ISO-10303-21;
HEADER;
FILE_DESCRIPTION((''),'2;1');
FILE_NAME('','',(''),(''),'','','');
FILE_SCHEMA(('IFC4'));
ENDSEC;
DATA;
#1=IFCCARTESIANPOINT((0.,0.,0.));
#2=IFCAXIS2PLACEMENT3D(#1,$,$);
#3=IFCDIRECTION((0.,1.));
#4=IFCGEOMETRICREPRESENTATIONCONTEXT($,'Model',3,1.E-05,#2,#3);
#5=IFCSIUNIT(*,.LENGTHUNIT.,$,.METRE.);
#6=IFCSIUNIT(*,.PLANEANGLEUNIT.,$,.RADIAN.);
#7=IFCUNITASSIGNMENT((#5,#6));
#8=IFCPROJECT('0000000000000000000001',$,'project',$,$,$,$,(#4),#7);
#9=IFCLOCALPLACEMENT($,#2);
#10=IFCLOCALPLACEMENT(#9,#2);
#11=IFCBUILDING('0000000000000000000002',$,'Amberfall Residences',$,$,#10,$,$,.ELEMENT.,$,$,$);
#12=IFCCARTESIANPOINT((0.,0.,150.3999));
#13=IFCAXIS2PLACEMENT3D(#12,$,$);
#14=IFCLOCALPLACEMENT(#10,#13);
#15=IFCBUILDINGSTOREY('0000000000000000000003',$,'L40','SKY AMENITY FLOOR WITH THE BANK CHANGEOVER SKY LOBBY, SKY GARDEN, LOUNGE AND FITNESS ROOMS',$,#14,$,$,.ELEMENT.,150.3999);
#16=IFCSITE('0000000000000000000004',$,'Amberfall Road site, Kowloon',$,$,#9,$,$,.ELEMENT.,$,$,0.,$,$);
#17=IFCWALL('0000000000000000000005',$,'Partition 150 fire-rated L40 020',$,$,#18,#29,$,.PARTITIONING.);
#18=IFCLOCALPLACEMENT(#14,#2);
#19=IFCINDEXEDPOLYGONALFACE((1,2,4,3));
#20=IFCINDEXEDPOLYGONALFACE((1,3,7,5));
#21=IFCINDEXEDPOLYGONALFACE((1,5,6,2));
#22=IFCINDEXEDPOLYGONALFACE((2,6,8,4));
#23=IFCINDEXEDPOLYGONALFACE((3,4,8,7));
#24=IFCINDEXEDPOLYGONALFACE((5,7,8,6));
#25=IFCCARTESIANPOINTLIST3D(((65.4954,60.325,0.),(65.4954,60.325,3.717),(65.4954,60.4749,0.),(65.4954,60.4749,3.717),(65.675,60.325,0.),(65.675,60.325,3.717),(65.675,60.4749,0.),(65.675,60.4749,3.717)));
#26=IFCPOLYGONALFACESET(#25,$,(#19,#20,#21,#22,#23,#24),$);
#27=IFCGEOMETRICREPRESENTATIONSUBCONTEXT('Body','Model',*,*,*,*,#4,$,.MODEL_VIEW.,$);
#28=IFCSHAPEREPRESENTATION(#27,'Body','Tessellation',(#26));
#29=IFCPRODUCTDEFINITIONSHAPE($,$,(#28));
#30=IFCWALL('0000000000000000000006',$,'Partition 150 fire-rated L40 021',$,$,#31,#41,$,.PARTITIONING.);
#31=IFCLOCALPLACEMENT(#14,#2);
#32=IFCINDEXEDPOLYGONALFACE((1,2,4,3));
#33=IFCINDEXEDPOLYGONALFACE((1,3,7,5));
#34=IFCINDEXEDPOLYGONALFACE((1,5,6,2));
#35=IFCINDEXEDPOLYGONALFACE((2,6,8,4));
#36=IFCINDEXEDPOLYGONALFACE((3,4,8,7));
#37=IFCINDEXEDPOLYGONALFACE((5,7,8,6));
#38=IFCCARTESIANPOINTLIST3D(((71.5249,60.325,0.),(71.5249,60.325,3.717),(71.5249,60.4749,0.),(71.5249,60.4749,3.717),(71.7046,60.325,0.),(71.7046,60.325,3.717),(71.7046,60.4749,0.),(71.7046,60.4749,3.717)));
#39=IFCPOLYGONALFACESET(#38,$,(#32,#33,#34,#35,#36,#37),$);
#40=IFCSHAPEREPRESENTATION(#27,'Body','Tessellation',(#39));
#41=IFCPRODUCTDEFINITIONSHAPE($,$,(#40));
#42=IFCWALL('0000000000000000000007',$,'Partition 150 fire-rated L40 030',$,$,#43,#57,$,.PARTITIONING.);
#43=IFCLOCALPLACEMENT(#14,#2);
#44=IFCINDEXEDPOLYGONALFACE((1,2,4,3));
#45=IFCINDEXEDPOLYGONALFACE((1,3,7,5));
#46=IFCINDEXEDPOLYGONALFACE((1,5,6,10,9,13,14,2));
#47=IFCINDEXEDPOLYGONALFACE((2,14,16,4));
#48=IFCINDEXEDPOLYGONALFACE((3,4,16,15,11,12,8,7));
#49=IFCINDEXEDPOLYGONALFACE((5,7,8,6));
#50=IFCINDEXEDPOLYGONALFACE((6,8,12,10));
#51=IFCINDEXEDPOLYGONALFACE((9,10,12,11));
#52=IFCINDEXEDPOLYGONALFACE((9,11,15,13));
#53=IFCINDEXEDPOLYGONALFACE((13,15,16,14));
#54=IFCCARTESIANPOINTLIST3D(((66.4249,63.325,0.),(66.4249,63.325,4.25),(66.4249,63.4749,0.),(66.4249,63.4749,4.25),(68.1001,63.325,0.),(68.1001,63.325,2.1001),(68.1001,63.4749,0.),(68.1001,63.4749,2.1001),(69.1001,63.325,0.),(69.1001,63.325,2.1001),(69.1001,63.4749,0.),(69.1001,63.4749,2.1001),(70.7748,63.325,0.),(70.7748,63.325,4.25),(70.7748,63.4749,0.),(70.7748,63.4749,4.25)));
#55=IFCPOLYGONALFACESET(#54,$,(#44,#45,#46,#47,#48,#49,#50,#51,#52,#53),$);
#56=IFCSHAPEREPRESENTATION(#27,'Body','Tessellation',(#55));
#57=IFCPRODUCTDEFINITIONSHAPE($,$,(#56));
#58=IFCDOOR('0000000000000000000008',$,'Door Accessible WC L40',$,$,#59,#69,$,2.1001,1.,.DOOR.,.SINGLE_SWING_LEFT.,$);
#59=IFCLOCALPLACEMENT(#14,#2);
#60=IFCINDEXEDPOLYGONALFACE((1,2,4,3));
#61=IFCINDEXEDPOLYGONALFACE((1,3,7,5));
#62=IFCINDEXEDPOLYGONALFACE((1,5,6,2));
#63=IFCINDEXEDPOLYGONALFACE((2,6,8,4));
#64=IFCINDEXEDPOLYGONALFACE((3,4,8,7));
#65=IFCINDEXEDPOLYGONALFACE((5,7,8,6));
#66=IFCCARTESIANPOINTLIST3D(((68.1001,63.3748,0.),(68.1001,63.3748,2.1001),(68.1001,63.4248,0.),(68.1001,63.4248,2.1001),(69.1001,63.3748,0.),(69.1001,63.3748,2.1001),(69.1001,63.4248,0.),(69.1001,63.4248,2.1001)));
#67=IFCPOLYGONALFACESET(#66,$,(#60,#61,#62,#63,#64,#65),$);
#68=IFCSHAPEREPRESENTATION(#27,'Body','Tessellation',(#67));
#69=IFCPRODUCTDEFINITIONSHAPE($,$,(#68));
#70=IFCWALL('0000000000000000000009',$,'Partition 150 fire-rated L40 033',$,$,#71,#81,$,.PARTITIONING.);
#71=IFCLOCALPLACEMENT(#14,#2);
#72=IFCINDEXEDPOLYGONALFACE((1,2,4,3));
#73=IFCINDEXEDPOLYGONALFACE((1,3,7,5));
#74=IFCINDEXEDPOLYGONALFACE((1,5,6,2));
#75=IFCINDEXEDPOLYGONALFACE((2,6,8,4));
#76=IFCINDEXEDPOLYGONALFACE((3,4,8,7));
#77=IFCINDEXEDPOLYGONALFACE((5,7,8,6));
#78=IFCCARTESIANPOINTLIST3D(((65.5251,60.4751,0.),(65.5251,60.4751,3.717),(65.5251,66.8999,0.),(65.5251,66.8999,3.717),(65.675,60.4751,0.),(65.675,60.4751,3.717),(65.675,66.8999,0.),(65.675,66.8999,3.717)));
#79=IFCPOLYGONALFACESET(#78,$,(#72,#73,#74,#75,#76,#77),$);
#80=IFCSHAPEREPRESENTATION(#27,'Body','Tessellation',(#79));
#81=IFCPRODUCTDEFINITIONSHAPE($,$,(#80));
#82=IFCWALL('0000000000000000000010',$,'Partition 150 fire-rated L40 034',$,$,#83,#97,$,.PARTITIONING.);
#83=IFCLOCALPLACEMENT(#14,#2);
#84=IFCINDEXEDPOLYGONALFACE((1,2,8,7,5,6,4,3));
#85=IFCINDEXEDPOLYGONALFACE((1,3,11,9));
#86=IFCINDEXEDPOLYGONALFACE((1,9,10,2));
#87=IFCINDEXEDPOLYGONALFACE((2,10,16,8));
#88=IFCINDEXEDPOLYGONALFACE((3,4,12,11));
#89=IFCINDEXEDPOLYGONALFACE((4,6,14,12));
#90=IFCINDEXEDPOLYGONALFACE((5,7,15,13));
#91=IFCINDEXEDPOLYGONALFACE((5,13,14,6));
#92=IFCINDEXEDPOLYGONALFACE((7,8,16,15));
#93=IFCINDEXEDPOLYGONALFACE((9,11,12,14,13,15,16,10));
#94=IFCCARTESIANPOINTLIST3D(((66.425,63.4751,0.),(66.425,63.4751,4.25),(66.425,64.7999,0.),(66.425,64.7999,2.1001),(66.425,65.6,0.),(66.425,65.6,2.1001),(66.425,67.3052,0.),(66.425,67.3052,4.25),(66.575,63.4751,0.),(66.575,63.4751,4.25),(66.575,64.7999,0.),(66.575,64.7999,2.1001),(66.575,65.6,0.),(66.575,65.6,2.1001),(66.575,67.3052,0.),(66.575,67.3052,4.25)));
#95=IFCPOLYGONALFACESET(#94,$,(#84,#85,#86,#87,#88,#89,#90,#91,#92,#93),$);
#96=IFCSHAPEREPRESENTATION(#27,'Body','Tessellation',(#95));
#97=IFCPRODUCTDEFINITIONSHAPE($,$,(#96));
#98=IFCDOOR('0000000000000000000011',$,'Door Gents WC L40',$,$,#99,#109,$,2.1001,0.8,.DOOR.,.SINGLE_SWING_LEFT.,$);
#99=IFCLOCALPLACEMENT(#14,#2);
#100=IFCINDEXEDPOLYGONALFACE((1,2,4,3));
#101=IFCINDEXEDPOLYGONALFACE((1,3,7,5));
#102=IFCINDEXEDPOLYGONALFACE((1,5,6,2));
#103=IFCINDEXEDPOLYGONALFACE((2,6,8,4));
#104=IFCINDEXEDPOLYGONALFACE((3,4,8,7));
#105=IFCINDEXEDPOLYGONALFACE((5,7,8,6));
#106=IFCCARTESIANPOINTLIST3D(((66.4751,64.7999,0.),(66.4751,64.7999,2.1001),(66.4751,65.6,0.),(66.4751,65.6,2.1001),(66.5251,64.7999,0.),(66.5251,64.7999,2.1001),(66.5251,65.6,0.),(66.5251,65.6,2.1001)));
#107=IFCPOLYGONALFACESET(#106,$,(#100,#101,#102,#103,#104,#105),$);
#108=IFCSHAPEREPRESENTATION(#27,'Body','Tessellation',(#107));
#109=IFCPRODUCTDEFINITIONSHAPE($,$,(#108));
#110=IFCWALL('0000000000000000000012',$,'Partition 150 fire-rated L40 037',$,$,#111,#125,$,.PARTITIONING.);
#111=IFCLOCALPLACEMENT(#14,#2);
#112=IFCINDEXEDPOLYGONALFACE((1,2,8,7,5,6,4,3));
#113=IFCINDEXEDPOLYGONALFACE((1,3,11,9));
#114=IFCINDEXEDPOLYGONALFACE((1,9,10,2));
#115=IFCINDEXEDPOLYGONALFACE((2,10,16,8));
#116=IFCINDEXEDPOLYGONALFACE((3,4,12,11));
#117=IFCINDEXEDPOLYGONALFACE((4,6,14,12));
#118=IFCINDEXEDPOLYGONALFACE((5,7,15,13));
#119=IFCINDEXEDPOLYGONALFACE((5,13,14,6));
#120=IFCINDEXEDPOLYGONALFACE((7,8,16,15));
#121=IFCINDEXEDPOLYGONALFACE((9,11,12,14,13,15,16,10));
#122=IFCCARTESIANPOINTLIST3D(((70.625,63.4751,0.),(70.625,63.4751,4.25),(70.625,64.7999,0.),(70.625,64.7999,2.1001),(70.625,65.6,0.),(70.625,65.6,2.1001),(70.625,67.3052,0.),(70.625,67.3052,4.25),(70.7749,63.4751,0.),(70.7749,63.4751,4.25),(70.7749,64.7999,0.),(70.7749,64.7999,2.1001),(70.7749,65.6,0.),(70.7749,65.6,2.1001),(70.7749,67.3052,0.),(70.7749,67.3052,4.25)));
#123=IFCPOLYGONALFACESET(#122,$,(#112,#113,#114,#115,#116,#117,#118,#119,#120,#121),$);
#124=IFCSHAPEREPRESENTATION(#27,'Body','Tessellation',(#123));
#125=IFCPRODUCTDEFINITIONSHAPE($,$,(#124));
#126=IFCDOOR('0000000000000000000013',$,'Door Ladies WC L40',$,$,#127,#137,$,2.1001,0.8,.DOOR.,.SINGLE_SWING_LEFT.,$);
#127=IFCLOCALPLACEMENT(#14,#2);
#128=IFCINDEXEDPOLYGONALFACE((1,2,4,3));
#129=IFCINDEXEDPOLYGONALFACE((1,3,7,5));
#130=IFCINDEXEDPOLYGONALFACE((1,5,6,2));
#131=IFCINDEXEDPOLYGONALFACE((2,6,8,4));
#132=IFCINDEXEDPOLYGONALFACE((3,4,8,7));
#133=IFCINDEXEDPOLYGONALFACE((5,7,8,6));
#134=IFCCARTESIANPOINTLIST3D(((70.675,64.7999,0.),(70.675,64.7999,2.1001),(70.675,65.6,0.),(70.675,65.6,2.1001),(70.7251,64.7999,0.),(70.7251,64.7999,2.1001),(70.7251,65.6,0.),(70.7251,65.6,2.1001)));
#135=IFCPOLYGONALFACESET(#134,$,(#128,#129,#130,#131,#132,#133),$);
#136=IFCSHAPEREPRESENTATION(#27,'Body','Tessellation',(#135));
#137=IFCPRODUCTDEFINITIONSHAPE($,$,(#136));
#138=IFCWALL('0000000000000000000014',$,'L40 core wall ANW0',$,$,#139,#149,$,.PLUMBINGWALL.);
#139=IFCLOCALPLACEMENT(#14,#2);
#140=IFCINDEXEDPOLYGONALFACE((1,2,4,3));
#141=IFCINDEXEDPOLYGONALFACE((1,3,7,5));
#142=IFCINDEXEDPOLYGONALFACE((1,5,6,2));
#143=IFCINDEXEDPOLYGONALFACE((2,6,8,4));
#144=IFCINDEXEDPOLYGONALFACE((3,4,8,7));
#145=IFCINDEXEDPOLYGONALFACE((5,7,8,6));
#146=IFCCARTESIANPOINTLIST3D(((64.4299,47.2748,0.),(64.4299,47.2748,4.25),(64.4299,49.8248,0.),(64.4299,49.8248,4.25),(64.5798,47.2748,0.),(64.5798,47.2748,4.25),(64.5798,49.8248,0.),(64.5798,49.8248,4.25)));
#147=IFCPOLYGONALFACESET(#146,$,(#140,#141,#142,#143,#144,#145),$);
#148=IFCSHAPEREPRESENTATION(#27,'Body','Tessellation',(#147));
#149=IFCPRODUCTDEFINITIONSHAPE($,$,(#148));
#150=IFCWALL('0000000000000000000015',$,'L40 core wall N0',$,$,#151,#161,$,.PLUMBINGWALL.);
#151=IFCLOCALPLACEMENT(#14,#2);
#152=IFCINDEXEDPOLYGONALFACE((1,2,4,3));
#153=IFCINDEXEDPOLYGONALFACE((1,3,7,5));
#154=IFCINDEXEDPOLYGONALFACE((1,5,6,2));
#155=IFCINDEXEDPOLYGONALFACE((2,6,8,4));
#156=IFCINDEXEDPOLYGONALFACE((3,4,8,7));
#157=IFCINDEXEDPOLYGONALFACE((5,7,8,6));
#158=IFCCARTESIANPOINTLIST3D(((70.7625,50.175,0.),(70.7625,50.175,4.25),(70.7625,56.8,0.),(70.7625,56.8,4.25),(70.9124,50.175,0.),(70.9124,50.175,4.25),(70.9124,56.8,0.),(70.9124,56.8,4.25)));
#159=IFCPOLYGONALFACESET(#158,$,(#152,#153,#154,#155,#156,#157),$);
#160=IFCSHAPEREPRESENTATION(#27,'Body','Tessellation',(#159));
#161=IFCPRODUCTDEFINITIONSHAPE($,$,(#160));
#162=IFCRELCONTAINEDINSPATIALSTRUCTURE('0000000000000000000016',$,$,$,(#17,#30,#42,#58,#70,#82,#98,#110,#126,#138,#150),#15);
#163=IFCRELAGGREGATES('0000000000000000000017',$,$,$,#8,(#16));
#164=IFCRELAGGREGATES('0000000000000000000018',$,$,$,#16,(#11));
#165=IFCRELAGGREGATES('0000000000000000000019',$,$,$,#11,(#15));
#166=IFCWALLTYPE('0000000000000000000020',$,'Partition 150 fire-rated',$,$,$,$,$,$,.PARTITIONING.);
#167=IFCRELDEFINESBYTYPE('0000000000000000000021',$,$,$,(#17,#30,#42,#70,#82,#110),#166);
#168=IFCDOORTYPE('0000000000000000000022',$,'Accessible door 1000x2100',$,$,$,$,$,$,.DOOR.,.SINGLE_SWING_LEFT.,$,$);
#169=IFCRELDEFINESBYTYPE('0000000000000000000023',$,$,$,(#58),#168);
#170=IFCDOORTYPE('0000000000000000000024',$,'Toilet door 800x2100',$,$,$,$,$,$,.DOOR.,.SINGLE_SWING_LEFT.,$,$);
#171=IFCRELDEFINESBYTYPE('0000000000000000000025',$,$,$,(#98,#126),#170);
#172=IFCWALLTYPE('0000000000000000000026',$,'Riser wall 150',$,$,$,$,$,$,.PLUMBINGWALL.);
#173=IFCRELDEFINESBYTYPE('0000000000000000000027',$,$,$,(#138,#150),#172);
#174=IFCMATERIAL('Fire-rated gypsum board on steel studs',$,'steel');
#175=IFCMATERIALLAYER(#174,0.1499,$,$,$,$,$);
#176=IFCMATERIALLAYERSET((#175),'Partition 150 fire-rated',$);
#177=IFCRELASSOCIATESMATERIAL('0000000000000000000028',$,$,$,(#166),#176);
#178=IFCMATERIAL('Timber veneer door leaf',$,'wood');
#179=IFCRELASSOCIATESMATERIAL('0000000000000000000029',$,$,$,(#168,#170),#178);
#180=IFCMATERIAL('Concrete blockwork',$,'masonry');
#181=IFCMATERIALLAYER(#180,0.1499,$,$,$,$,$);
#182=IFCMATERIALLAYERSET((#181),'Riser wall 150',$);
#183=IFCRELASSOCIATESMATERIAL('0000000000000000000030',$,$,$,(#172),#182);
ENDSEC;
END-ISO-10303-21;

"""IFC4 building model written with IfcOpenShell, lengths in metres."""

from ifc_helpers import new_model, si_unit, direction, frame, frame_2d, origin, place, context, subcontext, project, spatial, rectangle, extrude, material, layer, layer_set, type_object, element, fill, save


model = new_model("IFC4")

# Units and contexts
model_context = context("Model", 3, precision=1e-05, world=origin(), true_north=direction((0.0, 1.0)))
body_context = subcontext(model_context, "Body", "Model", "MODEL_VIEW")
ifc_project = project(units=[si_unit("LENGTHUNIT", "METRE"), si_unit("PLANEANGLEUNIT", "RADIAN")], contexts=[model_context])

# Site, building, storey
site_placement = place(None, origin())
site = spatial("IfcSite", under=ifc_project, at=site_placement, Name="Amberfall Road site, Kowloon", CompositionType="ELEMENT", RefElevation=0.0)
building_placement = place(site_placement, origin())
building = spatial("IfcBuilding", under=site, at=building_placement, Name="Amberfall Residences", CompositionType="ELEMENT")
storey_placement = place(building_placement, frame((0.0, 0.0, 150.3999)))
storey = spatial("IfcBuildingStorey", under=building, at=storey_placement, Name="L40", Description="SKY AMENITY FLOOR WITH THE BANK CHANGEOVER SKY LOBBY, SKY GARDEN, LOUNGE AND FITNESS ROOMS", CompositionType="ELEMENT", Elevation=150.3999)

# Shared definitions
ifc_material_1 = material(Name="Fire-rated gypsum board on steel studs", Category="steel")
ifc_layer_1 = layer(ifc_material_1, 0.1499)
ifc_layer_set_1 = layer_set([ifc_layer_1], Name="Partition 150 fire-rated")
wall_type_1 = type_object("IfcWallType", Name="Partition 150 fire-rated", PredefinedType="PARTITIONING", material=ifc_layer_set_1)

# Walls
for number, where, z_axis, x_axis, name in (
    (1, (65.4954, 60.3999, 0.0), (0.0, 0.0, 1.0), (1.0, 0.0, 0.0), "Partition 150 fire-rated L40 020"),
    (2, (71.5249, 60.3999, 0.0), (0.0, 0.0, 1.0), (1.0, 0.0, 0.0), "Partition 150 fire-rated L40 021"),
):
    element("IfcWall", number, at=place(storey_placement, frame(where, z_axis=z_axis, x_axis=x_axis)), inside=storey, type_object=wall_type_1, Name=name, PredefinedType="PARTITIONING", context=body_context, shape_type="SweptSolid", body=[
        extrude(rectangle(XDim=0.1797, YDim=0.1499, at=frame_2d((0.0898, 0.0))), origin(), (0.0, 0.0, 1.0), 3.717),
    ])

# Wall, opening, door
wall_1_placement = place(storey_placement, frame((66.425, 63.3999, 0.0), z_axis=(0.0, 0.0, 1.0), x_axis=(1.0, 0.0, 0.0)))
wall_1 = element("IfcWall", 3, at=wall_1_placement, inside=storey, type_object=wall_type_1, Name="Partition 150 fire-rated L40 030", PredefinedType="PARTITIONING", context=body_context, shape_type="SweptSolid", body=[
    extrude(rectangle(XDim=4.3499, YDim=0.1499, at=frame_2d((2.1748, 0.0))), origin(), (0.0, 0.0, 1.0), 4.25),
])
opening_1_placement = place(wall_1_placement, frame((1.675, 0.0, 0.0)))
opening_1 = element("IfcOpeningElement", 4, at=opening_1_placement, cuts=wall_1, PredefinedType="OPENING", context=body_context, shape_type="SweptSolid", body=[
    extrude(rectangle(XDim=1.0, YDim=2.1001, at=frame_2d((0.5, 1.05))), frame((0.0, 0.085, 0.0), z_axis=(0.0, -1.0, 0.0), x_axis=(1.0, 0.0, 0.0)), (0.0, 0.0, 1.0), 0.1699),
])
ifc_material_2 = material(Name="Timber veneer door leaf", Category="wood")
door_type_1 = type_object("IfcDoorType", Name="Accessible door 1000x2100", OperationType="SINGLE_SWING_LEFT", PredefinedType="DOOR", material=ifc_material_2)
door_1_placement = place(opening_1_placement, origin())
door_1 = element("IfcDoor", 5, at=door_1_placement, inside=storey, type_object=door_type_1, Name="Door Accessible WC L40", OperationType="SINGLE_SWING_LEFT", OverallHeight=2.1001, OverallWidth=1.0, PredefinedType="DOOR", context=body_context, shape_type="SweptSolid", body=[
    extrude(rectangle(XDim=1.0, YDim=2.1001, at=frame_2d((0.5, 1.05))), frame((0.0, 0.0249, 0.0), z_axis=(0.0, -1.0, 0.0), x_axis=(1.0, 0.0, 0.0)), (0.0, 0.0, 1.0), 0.05),
])
fill(opening_1, door_1)

# Wall
wall_2_placement = place(storey_placement, frame((65.6001, 60.4751, 0.0), z_axis=(0.0, 0.0, 1.0), x_axis=(0.0, 1.0, 0.0)))
element("IfcWall", 6, at=wall_2_placement, inside=storey, type_object=wall_type_1, Name="Partition 150 fire-rated L40 033", PredefinedType="PARTITIONING", context=body_context, shape_type="SweptSolid", body=[
    extrude(rectangle(XDim=6.4248, YDim=0.1499, at=frame_2d((3.2124, 0.0))), origin(), (0.0, 0.0, 1.0), 3.717),
])

# Walls, openings, doors
wall_3_placement = place(storey_placement, frame((66.5, 63.4751, 0.0), z_axis=(0.0, 0.0, 1.0), x_axis=(0.0, 1.0, 0.0)))
wall_3 = element("IfcWall", 7, at=wall_3_placement, inside=storey, type_object=wall_type_1, Name="Partition 150 fire-rated L40 034", PredefinedType="PARTITIONING", context=body_context, shape_type="SweptSolid", body=[
    extrude(rectangle(XDim=3.8301, YDim=0.1499, at=frame_2d((1.915, 0.0))), origin(), (0.0, 0.0, 1.0), 4.25),
])
opening_2_placement = place(wall_3_placement, frame((1.325, 0.0, 0.0)))
opening_2 = element("IfcOpeningElement", 8, at=opening_2_placement, cuts=wall_3, PredefinedType="OPENING", context=body_context, shape_type="SweptSolid", body=[
    extrude(rectangle(XDim=0.8, YDim=2.1001, at=frame_2d((0.3999, 1.05))), frame((0.0, 0.085, 0.0), z_axis=(0.0, -1.0, 0.0), x_axis=(1.0, 0.0, 0.0)), (0.0, 0.0, 1.0), 0.1699),
])
door_type_2 = type_object("IfcDoorType", Name="Toilet door 800x2100", OperationType="SINGLE_SWING_LEFT", PredefinedType="DOOR", material=ifc_material_2)
door_2_placement = place(opening_2_placement, origin())
door_2 = element("IfcDoor", 9, at=door_2_placement, inside=storey, type_object=door_type_2, Name="Door Gents WC L40", OperationType="SINGLE_SWING_LEFT", OverallHeight=2.1001, OverallWidth=0.8, PredefinedType="DOOR", context=body_context, shape_type="SweptSolid", body=[
    extrude(rectangle(XDim=0.8, YDim=2.1001, at=frame_2d((0.3999, 1.05))), frame((0.0, 0.0249, 0.0), z_axis=(0.0, -1.0, 0.0), x_axis=(1.0, 0.0, 0.0)), (0.0, 0.0, 1.0), 0.05),
])
fill(opening_2, door_2)
wall_4_placement = place(storey_placement, frame((70.7, 63.4751, 0.0), z_axis=(0.0, 0.0, 1.0), x_axis=(0.0, 1.0, 0.0)))
wall_4 = element("IfcWall", 10, at=wall_4_placement, inside=storey, type_object=wall_type_1, Name="Partition 150 fire-rated L40 037", PredefinedType="PARTITIONING", context=body_context, shape_type="SweptSolid", body=[
    extrude(rectangle(XDim=3.8301, YDim=0.1499, at=frame_2d((1.915, 0.0))), origin(), (0.0, 0.0, 1.0), 4.25),
])
opening_3_placement = place(wall_4_placement, frame((1.325, 0.0, 0.0)))
opening_3 = element("IfcOpeningElement", 11, at=opening_3_placement, cuts=wall_4, PredefinedType="OPENING", context=body_context, shape_type="SweptSolid", body=[
    extrude(rectangle(XDim=0.8, YDim=2.1001, at=frame_2d((0.3999, 1.05))), frame((0.0, 0.085, 0.0), z_axis=(0.0, -1.0, 0.0), x_axis=(1.0, 0.0, 0.0)), (0.0, 0.0, 1.0), 0.1699),
])
door_3_placement = place(opening_3_placement, origin())
door_3 = element("IfcDoor", 12, at=door_3_placement, inside=storey, type_object=door_type_2, Name="Door Ladies WC L40", OperationType="SINGLE_SWING_LEFT", OverallHeight=2.1001, OverallWidth=0.8, PredefinedType="DOOR", context=body_context, shape_type="SweptSolid", body=[
    extrude(rectangle(XDim=0.8, YDim=2.1001, at=frame_2d((0.3999, 1.05))), frame((0.0, 0.0249, 0.0), z_axis=(0.0, -1.0, 0.0), x_axis=(1.0, 0.0, 0.0)), (0.0, 0.0, 1.0), 0.05),
])
fill(opening_3, door_3)

# Walls
ifc_material_3 = material(Name="Concrete blockwork", Category="masonry")
ifc_layer_2 = layer(ifc_material_3, 0.1499)
ifc_layer_set_2 = layer_set([ifc_layer_2], Name="Riser wall 150")
wall_type_2 = type_object("IfcWallType", Name="Riser wall 150", PredefinedType="PLUMBINGWALL", material=ifc_layer_set_2)
wall_5_placement = place(storey_placement, frame((64.5049, 47.2749, 0.0), z_axis=(0.0, 0.0, 1.0), x_axis=(0.0, 1.0, 0.0)))
element("IfcWall", 13, at=wall_5_placement, inside=storey, type_object=wall_type_2, Name="L40 core wall ANW0", PredefinedType="PLUMBINGWALL", context=body_context, shape_type="SweptSolid", body=[
    extrude(rectangle(XDim=2.55, YDim=0.1499, at=frame_2d((1.2749, 0.0))), origin(), (0.0, 0.0, 1.0), 4.25),
])
wall_6_placement = place(storey_placement, frame((70.8374, 50.175, 0.0), z_axis=(0.0, 0.0, 1.0), x_axis=(0.0, 1.0, 0.0)))
element("IfcWall", 14, at=wall_6_placement, inside=storey, type_object=wall_type_2, Name="L40 core wall N0", PredefinedType="PLUMBINGWALL", context=body_context, shape_type="SweptSolid", body=[
    extrude(rectangle(XDim=6.625, YDim=0.1499, at=frame_2d((3.3125, 0.0))), origin(), (0.0, 0.0, 1.0), 4.25),
])

save(model, "model.ifc")
